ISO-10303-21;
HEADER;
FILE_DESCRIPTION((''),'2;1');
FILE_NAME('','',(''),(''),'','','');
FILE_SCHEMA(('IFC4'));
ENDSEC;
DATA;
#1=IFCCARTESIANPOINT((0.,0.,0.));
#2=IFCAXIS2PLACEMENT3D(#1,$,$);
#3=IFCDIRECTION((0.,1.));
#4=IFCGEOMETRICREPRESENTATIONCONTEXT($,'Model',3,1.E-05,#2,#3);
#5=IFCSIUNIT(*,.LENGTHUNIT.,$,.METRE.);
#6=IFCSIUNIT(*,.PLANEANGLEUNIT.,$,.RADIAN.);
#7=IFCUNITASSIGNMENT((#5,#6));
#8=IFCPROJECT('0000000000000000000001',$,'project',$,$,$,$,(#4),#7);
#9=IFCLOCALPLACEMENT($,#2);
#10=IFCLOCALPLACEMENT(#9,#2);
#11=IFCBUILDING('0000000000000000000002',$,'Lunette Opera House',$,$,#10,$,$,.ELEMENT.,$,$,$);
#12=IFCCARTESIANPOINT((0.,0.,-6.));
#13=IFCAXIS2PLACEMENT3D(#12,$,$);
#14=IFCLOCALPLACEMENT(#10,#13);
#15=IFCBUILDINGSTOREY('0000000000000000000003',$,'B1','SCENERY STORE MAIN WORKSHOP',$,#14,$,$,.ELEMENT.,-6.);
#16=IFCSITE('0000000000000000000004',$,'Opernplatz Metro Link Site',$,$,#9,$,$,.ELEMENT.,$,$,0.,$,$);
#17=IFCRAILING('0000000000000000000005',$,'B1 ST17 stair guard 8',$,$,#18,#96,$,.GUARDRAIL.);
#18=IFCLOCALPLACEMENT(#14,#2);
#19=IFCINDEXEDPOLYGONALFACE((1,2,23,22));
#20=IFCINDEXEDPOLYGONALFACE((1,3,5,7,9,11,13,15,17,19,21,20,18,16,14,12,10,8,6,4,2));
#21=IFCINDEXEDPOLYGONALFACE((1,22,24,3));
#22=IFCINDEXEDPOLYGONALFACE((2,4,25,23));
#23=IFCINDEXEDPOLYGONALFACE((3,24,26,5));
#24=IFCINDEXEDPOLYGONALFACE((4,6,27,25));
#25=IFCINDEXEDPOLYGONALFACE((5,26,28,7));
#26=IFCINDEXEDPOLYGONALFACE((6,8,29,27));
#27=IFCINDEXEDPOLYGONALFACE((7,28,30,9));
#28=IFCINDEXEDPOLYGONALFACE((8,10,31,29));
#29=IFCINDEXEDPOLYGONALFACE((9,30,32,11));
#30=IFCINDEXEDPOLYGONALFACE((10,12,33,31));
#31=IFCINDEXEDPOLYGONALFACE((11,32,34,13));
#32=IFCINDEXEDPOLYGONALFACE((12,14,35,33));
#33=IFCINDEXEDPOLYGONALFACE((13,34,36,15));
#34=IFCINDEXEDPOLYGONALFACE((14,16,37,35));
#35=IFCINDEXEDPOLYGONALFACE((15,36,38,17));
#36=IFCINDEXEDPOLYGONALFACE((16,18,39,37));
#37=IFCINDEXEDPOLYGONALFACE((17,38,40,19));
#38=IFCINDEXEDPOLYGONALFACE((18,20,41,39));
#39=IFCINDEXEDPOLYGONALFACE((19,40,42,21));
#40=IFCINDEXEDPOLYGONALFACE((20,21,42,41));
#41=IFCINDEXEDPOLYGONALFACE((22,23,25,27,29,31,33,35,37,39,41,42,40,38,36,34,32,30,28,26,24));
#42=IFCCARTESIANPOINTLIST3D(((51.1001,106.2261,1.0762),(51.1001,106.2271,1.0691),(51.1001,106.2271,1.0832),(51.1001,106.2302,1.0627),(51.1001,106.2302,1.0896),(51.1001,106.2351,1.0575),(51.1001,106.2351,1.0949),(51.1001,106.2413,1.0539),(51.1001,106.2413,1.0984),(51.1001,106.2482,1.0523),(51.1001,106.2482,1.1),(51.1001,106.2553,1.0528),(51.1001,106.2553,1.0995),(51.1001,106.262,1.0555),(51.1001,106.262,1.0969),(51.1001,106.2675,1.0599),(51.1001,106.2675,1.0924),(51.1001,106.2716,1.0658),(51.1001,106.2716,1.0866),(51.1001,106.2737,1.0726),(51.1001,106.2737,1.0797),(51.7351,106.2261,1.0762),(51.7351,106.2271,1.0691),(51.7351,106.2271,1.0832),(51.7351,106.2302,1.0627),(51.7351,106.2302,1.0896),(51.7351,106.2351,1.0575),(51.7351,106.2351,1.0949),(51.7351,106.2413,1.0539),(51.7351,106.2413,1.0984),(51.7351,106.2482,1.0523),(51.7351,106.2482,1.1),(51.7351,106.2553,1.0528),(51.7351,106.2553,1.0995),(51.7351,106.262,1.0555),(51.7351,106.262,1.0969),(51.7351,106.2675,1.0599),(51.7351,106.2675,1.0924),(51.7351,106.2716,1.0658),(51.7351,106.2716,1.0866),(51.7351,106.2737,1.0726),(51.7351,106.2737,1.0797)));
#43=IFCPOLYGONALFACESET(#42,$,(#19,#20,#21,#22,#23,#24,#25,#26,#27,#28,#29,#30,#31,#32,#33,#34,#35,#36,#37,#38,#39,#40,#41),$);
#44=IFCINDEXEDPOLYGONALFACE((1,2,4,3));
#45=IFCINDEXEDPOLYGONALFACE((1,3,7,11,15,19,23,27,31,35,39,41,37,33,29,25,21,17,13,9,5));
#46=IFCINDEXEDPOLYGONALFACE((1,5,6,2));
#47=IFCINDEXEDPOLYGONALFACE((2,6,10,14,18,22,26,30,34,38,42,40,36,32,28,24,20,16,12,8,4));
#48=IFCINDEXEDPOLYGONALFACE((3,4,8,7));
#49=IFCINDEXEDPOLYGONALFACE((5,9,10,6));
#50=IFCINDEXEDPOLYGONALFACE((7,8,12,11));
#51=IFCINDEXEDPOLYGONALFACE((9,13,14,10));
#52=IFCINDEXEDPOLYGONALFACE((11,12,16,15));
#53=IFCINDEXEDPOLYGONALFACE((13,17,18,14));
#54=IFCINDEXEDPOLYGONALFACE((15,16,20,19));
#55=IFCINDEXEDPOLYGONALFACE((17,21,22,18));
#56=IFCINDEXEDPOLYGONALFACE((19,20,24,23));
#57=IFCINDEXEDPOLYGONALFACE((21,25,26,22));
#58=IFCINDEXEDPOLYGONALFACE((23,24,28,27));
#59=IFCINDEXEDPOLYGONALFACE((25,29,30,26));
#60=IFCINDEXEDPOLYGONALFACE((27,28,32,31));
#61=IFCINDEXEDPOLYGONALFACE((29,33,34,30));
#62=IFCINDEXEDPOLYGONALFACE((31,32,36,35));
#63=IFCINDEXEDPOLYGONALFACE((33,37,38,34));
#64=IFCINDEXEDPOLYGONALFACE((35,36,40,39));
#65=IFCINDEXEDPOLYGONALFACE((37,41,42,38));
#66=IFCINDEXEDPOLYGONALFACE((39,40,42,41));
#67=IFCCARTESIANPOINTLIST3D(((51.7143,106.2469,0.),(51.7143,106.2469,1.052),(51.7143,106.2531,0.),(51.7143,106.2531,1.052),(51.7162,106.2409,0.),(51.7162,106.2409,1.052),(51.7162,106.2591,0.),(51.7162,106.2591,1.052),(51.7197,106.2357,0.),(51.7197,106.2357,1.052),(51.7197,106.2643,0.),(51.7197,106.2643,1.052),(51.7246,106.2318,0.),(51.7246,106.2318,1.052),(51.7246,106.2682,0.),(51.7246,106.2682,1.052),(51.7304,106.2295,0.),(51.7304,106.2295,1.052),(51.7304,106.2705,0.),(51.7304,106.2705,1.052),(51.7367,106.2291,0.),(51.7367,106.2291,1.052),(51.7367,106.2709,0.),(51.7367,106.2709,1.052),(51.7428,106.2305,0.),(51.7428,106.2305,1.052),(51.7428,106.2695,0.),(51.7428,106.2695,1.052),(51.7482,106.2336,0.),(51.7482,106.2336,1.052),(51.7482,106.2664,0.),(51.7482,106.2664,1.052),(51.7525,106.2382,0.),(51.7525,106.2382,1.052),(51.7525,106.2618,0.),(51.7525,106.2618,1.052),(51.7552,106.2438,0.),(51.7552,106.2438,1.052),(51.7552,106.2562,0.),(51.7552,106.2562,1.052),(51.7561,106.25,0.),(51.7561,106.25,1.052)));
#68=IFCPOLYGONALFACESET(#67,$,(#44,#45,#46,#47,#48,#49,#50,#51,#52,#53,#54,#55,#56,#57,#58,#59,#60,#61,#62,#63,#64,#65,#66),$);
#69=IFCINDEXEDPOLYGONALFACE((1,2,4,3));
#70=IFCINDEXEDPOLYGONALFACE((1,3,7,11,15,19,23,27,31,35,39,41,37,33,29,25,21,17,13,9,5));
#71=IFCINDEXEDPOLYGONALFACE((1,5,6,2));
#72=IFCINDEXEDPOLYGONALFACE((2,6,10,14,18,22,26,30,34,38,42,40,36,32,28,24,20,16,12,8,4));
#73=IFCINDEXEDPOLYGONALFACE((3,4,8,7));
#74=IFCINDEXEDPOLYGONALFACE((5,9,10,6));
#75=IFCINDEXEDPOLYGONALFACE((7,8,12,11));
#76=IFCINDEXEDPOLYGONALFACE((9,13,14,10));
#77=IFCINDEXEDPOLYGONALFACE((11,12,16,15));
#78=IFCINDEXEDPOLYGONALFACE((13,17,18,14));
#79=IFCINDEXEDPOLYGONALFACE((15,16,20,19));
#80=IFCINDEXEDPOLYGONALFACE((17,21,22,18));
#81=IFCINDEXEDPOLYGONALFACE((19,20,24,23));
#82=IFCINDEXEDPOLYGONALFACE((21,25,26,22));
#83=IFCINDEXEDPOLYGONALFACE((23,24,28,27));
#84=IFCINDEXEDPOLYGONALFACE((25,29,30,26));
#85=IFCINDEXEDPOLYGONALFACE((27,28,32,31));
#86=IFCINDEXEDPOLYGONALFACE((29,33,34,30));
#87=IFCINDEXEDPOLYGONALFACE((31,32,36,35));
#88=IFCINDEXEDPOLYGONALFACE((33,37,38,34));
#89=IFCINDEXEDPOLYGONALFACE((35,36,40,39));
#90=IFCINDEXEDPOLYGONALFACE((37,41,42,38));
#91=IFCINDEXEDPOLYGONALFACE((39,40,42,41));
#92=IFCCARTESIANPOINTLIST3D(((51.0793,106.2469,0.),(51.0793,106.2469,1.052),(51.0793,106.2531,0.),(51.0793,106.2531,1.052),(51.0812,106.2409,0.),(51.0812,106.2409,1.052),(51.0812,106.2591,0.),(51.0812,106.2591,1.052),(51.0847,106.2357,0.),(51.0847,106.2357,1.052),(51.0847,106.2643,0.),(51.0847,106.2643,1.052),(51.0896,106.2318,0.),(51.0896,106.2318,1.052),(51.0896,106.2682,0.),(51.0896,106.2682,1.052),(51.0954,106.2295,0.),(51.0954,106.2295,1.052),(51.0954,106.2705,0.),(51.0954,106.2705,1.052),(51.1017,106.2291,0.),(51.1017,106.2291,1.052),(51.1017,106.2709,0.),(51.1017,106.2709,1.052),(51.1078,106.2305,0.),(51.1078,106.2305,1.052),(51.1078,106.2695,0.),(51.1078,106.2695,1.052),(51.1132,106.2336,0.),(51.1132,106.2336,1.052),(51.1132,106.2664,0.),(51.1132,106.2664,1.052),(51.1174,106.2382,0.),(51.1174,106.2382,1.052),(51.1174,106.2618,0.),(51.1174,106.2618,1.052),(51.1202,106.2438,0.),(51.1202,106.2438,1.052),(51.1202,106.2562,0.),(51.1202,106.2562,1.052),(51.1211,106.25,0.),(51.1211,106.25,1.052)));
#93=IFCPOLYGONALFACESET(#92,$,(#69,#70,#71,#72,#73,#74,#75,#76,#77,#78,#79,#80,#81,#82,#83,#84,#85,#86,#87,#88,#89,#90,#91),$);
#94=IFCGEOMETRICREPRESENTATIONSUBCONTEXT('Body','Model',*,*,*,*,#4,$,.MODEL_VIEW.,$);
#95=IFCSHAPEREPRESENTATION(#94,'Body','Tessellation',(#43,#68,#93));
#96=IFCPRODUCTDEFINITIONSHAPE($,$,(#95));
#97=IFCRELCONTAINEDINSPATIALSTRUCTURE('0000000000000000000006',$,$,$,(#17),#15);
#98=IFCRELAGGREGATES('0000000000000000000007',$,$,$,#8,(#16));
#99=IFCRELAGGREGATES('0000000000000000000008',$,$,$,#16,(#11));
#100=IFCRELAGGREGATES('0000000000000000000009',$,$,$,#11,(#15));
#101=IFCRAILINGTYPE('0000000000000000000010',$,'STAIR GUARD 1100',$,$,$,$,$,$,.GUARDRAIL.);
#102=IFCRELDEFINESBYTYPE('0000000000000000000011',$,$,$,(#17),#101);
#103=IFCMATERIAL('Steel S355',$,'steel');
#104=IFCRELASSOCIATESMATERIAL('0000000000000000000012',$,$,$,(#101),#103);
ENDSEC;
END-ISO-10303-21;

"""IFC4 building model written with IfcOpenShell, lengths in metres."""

from ifc_helpers import new_model, si_unit, direction, frame, origin, origin_2d, place, context, subcontext, project, spatial, circle, extrude, material, type_object, element, save


model = new_model("IFC4")

# Units and contexts
model_context = context("Model", 3, precision=1e-05, world=origin(), true_north=direction((0.0, 1.0)))
body_context = subcontext(model_context, "Body", "Model", "MODEL_VIEW")
ifc_project = project(units=[si_unit("LENGTHUNIT", "METRE"), si_unit("PLANEANGLEUNIT", "RADIAN")], contexts=[model_context])

# Site, building, storey
site_placement = place(None, origin())
site = spatial("IfcSite", under=ifc_project, at=site_placement, Name="Opernplatz Metro Link Site", CompositionType="ELEMENT", RefElevation=0.0)
building_placement = place(site_placement, origin())
building = spatial("IfcBuilding", under=site, at=building_placement, Name="Lunette Opera House", CompositionType="ELEMENT")
storey_placement = place(building_placement, frame((0.0, 0.0, -6.0)))
storey = spatial("IfcBuildingStorey", under=building, at=storey_placement, Name="B1", Description="SCENERY STORE MAIN WORKSHOP", CompositionType="ELEMENT", Elevation=-6.0)

# Railing
ifc_material_1 = material(Name="Steel S355", Category="steel")
railing_type_1 = type_object("IfcRailingType", Name="STAIR GUARD 1100", PredefinedType="GUARDRAIL", material=ifc_material_1)
railing_1_placement = place(storey_placement, frame((51.7351, 106.25, 0.0)))
element("IfcRailing", 1, at=railing_1_placement, inside=storey, type_object=railing_type_1, Name="B1 ST17 stair guard 8", PredefinedType="GUARDRAIL", context=body_context, shape_type="SweptSolid", body=[
    extrude(circle(Radius=0.0239, at=origin_2d()), frame((0.0, 0.0, 1.0762), z_axis=(-1.0, 0.0, 0.0), x_axis=(0.0, -1.0, 0.0)), (0.0, 0.0, 1.0), 0.635),
    extrude(circle(Radius=0.021, at=origin_2d()), origin(), (0.0, 0.0, 1.0), 1.052),
    extrude(circle(Radius=0.021, at=origin_2d()), frame((-0.635, 0.0, 0.0)), (0.0, 0.0, 1.0), 1.052),
])

save(model, "model.ifc")
